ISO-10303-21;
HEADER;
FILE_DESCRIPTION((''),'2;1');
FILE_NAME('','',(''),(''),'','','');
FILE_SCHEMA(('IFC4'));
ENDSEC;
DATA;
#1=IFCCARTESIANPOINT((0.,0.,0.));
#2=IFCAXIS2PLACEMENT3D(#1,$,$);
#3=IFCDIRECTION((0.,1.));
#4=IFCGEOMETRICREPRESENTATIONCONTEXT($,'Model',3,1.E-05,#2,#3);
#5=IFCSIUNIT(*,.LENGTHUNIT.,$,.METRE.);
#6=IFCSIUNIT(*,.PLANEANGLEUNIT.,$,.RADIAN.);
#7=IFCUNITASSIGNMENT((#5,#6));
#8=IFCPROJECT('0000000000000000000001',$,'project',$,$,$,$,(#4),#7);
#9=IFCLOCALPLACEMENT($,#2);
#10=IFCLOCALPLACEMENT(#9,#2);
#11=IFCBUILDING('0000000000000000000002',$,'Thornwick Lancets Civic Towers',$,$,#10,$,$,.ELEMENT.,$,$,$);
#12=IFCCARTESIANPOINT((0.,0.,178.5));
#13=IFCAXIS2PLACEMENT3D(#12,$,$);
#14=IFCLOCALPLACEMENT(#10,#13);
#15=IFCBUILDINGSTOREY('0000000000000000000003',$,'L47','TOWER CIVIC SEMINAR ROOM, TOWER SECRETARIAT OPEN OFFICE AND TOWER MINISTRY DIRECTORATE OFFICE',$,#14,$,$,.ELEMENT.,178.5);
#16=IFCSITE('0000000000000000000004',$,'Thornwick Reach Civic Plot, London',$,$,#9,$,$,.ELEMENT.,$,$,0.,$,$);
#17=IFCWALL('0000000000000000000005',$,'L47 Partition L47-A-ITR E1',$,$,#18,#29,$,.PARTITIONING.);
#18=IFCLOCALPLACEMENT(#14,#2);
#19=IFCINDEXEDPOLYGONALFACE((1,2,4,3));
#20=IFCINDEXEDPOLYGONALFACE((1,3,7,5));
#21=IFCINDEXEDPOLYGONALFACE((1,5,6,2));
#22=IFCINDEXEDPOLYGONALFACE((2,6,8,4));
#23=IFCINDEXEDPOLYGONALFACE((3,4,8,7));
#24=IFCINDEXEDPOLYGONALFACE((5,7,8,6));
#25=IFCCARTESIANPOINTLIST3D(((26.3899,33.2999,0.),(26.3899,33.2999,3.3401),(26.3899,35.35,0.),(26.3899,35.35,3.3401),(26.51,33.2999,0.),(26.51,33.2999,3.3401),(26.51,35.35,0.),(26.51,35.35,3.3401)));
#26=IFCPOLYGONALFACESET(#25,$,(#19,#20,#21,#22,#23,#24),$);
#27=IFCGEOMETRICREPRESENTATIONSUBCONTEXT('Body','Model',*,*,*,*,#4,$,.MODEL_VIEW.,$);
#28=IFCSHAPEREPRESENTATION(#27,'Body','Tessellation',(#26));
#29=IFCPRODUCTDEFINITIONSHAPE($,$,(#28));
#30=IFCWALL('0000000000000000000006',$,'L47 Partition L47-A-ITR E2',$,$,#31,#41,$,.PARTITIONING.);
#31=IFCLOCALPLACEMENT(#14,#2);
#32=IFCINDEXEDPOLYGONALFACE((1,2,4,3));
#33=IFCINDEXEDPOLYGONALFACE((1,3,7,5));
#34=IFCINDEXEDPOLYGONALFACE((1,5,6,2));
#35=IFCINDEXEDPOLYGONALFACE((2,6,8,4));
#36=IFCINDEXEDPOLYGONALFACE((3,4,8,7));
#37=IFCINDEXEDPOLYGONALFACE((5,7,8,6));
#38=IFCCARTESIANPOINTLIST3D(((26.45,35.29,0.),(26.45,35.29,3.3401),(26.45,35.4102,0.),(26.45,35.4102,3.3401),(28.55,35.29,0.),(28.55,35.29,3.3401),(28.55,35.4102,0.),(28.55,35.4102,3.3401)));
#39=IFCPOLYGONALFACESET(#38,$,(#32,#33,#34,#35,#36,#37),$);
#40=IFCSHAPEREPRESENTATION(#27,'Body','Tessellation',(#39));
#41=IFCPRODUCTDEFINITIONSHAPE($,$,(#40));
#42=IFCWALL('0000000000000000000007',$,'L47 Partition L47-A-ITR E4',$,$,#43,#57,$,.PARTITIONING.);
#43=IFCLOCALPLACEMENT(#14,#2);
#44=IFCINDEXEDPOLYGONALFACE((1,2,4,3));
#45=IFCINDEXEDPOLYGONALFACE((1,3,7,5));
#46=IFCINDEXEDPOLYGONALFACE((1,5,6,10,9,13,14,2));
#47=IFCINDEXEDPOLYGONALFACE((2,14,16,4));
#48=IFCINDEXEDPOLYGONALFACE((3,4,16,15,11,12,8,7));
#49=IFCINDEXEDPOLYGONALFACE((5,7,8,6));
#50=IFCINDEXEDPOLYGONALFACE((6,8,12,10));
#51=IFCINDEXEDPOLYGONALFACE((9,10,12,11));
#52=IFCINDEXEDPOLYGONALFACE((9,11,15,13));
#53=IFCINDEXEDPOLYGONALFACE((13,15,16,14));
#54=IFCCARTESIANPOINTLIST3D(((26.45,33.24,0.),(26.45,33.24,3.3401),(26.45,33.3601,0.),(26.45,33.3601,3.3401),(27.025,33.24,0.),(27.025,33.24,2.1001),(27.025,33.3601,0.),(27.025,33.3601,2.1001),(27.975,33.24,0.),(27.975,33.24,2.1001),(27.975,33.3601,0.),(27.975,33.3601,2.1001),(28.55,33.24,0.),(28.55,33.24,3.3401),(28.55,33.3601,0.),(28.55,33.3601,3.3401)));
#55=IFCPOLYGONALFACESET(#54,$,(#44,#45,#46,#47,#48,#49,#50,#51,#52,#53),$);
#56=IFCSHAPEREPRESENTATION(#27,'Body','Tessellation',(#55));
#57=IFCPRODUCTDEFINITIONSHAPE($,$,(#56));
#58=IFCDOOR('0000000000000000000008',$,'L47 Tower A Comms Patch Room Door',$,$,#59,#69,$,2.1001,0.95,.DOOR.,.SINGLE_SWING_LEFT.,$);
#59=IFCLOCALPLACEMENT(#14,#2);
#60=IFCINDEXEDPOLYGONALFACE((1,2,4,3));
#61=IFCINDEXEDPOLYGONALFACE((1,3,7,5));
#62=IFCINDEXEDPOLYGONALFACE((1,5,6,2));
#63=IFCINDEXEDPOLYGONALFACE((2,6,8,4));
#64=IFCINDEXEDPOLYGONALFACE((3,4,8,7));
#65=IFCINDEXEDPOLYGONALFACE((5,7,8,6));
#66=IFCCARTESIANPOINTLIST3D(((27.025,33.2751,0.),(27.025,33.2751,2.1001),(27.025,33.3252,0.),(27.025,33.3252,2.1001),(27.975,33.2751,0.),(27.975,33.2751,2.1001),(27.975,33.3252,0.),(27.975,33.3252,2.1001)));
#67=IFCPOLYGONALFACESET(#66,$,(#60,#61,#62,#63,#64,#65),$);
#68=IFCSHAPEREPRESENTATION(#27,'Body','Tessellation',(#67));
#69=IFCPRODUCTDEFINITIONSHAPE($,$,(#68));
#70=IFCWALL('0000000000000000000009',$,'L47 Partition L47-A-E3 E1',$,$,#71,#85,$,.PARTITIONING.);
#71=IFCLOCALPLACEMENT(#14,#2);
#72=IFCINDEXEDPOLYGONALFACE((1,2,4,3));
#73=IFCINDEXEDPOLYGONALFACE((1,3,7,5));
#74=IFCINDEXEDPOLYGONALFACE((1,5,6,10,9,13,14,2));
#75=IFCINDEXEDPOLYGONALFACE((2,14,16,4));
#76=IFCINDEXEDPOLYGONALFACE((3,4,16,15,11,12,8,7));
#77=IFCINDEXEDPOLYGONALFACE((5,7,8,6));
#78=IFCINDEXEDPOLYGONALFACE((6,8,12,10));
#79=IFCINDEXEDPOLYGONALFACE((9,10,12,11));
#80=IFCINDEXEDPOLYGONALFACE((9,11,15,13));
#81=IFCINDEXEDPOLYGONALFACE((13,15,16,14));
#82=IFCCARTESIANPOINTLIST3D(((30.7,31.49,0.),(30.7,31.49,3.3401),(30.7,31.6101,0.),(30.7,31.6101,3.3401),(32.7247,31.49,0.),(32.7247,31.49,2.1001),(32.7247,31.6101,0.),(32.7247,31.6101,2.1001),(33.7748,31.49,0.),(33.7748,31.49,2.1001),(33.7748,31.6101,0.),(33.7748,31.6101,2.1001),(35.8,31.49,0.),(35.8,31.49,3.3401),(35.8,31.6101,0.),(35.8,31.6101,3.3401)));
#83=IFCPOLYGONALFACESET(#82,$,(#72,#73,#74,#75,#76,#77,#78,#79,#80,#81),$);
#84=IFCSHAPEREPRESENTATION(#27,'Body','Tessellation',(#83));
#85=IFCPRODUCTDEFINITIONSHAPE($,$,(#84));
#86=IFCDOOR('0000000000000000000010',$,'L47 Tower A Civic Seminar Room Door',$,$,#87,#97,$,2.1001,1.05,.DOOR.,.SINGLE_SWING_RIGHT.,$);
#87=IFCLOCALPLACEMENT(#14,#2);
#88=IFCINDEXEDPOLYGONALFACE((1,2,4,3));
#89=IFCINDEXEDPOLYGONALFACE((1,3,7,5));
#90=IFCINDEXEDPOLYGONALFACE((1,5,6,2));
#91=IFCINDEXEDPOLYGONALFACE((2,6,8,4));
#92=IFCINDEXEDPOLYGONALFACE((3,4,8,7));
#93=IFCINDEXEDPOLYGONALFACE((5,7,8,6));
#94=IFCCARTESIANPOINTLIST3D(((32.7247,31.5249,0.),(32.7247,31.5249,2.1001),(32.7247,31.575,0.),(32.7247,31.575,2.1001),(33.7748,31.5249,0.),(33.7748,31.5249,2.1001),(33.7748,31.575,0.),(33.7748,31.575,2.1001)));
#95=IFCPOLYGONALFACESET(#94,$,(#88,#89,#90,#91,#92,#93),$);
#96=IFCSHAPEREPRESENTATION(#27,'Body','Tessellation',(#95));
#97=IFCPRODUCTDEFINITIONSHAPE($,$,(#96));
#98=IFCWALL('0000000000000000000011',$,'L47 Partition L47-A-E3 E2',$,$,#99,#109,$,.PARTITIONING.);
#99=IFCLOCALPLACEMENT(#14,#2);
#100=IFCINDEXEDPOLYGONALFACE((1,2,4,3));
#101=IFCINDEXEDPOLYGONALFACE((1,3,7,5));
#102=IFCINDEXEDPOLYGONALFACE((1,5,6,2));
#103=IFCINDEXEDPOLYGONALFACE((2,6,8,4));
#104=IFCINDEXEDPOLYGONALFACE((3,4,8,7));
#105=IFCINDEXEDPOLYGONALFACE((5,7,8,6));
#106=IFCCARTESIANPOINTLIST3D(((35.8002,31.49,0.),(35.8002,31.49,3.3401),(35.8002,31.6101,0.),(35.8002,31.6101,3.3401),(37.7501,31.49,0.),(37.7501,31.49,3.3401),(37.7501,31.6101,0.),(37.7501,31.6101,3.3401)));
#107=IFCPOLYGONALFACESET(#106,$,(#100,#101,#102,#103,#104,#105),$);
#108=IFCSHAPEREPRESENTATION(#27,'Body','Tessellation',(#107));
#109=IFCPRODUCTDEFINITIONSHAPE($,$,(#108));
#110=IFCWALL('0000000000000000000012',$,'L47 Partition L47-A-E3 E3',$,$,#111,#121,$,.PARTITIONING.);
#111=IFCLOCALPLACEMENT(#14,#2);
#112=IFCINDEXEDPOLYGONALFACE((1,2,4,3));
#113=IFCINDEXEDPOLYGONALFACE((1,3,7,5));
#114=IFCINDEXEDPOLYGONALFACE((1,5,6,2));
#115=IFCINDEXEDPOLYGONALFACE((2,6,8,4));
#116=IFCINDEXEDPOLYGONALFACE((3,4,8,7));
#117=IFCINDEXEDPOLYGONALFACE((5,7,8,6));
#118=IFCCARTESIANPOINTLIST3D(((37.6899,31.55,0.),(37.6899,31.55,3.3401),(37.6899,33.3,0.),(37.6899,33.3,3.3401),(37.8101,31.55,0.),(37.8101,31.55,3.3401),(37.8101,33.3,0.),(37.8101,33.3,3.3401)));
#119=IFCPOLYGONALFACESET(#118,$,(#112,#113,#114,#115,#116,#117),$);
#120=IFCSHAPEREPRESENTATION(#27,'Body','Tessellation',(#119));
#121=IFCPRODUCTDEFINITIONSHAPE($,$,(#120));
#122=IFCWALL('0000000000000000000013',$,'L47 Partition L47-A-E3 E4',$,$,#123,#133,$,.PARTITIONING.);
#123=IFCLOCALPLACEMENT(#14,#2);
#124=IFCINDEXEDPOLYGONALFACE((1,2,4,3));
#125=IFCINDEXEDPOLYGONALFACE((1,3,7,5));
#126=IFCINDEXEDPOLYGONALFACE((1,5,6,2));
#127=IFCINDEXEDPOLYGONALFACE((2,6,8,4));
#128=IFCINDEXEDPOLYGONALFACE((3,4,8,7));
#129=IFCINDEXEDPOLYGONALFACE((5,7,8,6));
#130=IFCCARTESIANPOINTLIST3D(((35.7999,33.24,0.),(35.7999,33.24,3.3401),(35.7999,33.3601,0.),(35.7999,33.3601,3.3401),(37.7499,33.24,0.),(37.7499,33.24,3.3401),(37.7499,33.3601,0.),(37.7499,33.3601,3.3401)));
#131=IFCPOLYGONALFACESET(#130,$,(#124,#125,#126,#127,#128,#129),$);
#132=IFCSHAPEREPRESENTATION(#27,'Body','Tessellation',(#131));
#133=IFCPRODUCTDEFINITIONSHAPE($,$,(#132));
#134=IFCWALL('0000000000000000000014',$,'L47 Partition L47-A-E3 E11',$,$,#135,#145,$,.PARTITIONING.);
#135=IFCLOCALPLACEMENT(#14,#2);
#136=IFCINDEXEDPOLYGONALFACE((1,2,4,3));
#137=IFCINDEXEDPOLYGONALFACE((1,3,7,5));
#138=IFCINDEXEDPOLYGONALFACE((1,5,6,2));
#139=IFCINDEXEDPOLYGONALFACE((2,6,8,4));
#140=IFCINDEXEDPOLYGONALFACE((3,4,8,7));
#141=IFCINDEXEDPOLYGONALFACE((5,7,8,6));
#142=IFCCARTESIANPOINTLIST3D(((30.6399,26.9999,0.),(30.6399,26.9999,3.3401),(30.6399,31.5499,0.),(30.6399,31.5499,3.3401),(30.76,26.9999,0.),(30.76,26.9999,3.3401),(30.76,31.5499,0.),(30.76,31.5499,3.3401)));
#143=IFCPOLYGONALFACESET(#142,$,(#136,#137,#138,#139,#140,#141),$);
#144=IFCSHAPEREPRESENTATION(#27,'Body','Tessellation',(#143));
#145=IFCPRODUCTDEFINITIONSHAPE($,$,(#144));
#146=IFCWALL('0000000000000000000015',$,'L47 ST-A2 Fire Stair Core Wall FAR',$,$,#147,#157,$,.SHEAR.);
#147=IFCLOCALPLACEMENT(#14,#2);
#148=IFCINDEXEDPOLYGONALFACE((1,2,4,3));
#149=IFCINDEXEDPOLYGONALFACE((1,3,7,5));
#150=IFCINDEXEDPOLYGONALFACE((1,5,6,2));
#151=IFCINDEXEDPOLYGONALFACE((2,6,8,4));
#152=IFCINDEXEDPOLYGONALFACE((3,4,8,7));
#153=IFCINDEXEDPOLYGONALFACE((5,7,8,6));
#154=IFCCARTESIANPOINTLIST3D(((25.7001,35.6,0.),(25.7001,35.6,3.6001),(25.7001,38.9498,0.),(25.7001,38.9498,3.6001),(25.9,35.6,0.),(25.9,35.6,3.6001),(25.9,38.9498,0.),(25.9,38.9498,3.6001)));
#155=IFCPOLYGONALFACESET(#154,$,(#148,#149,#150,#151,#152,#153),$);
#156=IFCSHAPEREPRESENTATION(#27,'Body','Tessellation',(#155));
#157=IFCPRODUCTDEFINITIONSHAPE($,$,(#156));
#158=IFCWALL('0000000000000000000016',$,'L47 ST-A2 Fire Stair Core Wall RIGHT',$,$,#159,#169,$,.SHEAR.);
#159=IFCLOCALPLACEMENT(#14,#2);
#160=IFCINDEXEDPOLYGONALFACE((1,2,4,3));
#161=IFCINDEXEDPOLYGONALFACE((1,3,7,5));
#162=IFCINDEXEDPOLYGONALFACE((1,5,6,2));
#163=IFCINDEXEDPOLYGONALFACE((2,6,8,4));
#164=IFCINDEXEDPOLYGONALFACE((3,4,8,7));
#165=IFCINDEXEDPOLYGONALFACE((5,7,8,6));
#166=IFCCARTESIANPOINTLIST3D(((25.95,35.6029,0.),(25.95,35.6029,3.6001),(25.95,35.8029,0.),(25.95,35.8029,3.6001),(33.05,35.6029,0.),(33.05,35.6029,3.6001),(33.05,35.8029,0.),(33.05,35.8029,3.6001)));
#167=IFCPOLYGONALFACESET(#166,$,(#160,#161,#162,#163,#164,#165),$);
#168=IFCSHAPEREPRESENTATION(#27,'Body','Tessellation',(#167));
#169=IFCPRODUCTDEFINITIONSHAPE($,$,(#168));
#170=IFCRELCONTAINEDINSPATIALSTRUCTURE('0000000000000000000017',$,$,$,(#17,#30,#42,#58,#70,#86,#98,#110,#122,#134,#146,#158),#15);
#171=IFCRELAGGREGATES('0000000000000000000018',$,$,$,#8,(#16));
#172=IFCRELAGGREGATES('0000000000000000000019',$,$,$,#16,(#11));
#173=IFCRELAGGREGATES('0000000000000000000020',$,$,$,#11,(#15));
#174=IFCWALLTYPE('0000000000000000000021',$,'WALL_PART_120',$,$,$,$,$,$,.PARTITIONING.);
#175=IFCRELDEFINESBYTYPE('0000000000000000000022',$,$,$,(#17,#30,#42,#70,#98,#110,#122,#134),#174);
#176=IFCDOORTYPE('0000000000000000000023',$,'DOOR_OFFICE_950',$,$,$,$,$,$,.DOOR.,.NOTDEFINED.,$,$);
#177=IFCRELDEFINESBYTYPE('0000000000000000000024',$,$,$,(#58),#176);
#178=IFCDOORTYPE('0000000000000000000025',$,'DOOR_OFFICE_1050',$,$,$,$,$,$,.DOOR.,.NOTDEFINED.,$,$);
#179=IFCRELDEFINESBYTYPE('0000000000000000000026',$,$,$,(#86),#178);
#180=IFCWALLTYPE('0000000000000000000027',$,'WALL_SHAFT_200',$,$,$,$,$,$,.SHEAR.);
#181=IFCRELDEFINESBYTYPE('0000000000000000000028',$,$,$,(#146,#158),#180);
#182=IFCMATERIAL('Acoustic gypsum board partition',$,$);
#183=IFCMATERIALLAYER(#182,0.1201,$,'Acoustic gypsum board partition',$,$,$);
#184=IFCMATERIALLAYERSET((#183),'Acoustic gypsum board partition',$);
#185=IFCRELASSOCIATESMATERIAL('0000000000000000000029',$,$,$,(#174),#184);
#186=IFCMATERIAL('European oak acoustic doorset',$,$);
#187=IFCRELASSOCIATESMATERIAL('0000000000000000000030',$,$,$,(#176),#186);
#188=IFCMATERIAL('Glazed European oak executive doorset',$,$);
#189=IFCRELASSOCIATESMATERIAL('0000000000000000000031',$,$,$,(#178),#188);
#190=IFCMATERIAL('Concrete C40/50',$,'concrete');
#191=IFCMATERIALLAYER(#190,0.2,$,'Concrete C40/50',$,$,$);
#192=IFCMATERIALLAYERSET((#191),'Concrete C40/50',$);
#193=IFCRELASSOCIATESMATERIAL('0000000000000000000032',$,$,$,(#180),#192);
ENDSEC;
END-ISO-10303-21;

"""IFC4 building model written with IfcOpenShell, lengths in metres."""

from ifc_helpers import new_model, si_unit, direction, frame, frame_2d, origin, place, context, subcontext, project, spatial, rectangle, extrude, material, layer, layer_set, type_object, element, fill, save


model = new_model("IFC4")

# Units and contexts
model_context = context("Model", 3, precision=1e-05, world=origin(), true_north=direction((0.0, 1.0)))
body_context = subcontext(model_context, "Body", "Model", "MODEL_VIEW")
ifc_project = project(units=[si_unit("LENGTHUNIT", "METRE"), si_unit("PLANEANGLEUNIT", "RADIAN")], contexts=[model_context])

# Site, building, storey
site_placement = place(None, origin())
site = spatial("IfcSite", under=ifc_project, at=site_placement, Name="Thornwick Reach Civic Plot, London", CompositionType="ELEMENT", RefElevation=0.0)
building_placement = place(site_placement, origin())
building = spatial("IfcBuilding", under=site, at=building_placement, Name="Thornwick Lancets Civic Towers", CompositionType="ELEMENT")
storey_placement = place(building_placement, frame((0.0, 0.0, 178.5)))
storey = spatial("IfcBuildingStorey", under=building, at=storey_placement, Name="L47", Description="TOWER CIVIC SEMINAR ROOM, TOWER SECRETARIAT OPEN OFFICE AND TOWER MINISTRY DIRECTORATE OFFICE", CompositionType="ELEMENT", Elevation=178.5)

# Walls
ifc_material_1 = material(Name="Acoustic gypsum board partition")
ifc_layer_1 = layer(ifc_material_1, 0.1201, Name="Acoustic gypsum board partition")
ifc_layer_set_1 = layer_set([ifc_layer_1], Name="Acoustic gypsum board partition")
wall_type_1 = type_object("IfcWallType", Name="WALL_PART_120", PredefinedType="PARTITIONING", material=ifc_layer_set_1)
wall_1_placement = place(storey_placement, frame((26.45, 33.3, 0.0), z_axis=(0.0, 0.0, 1.0), x_axis=(0.0, 1.0, 0.0)))
element("IfcWall", 1, at=wall_1_placement, inside=storey, type_object=wall_type_1, Name="L47 Partition L47-A-ITR E1", PredefinedType="PARTITIONING", context=body_context, shape_type="SweptSolid", body=[
    extrude(rectangle(XDim=2.05, YDim=0.1201, at=frame_2d((1.0249, 0.0))), origin(), (0.0, 0.0, 1.0), 3.3401),
])
wall_2_placement = place(storey_placement, frame((26.45, 35.3501, 0.0), z_axis=(0.0, 0.0, 1.0), x_axis=(1.0, 0.0, 0.0)))
element("IfcWall", 2, at=wall_2_placement, inside=storey, type_object=wall_type_1, Name="L47 Partition L47-A-ITR E2", PredefinedType="PARTITIONING", context=body_context, shape_type="SweptSolid", body=[
    extrude(rectangle(XDim=2.1001, YDim=0.1201, at=frame_2d((1.05, 0.0))), origin(), (0.0, 0.0, 1.0), 3.3401),
])

# Walls, openings, doors
wall_3_placement = place(storey_placement, frame((28.55, 33.3, 0.0), z_axis=(0.0, 0.0, 1.0), x_axis=(-1.0, 0.0, 0.0)))
wall_3 = element("IfcWall", 3, at=wall_3_placement, inside=storey, type_object=wall_type_1, Name="L47 Partition L47-A-ITR E4", PredefinedType="PARTITIONING", context=body_context, shape_type="SweptSolid", body=[
    extrude(rectangle(XDim=2.1001, YDim=0.1201, at=frame_2d((1.05, 0.0))), origin(), (0.0, 0.0, 1.0), 3.3401),
])
opening_1_placement = place(wall_3_placement, frame((0.575, 0.0, 0.0)))
opening_1 = element("IfcOpeningElement", 4, at=opening_1_placement, cuts=wall_3, PredefinedType="OPENING", context=body_context, shape_type="SweptSolid", body=[
    extrude(rectangle(XDim=0.95, YDim=2.1001, at=frame_2d((0.4751, 1.05))), frame((0.0, 0.0701, 0.0), z_axis=(0.0, -1.0, 0.0), x_axis=(1.0, 0.0, 0.0)), (0.0, 0.0, 1.0), 0.1401),
])
ifc_material_2 = material(Name="European oak acoustic doorset")
door_type_1 = type_object("IfcDoorType", Name="DOOR_OFFICE_950", OperationType="NOTDEFINED", PredefinedType="DOOR", material=ifc_material_2)
door_1_placement = place(opening_1_placement, origin())
door_1 = element("IfcDoor", 5, at=door_1_placement, inside=storey, type_object=door_type_1, Name="L47 Tower A Comms Patch Room Door", OperationType="SINGLE_SWING_LEFT", OverallHeight=2.1001, OverallWidth=0.95, PredefinedType="DOOR", context=body_context, shape_type="SweptSolid", body=[
    extrude(rectangle(XDim=0.95, YDim=2.1001, at=frame_2d((0.4751, 1.05))), frame((0.0, 0.0249, 0.0), z_axis=(0.0, -1.0, 0.0), x_axis=(1.0, 0.0, 0.0)), (0.0, 0.0, 1.0), 0.05),
])
fill(opening_1, door_1)
wall_4_placement = place(storey_placement, frame((30.7, 31.55, 0.0), z_axis=(0.0, 0.0, 1.0), x_axis=(1.0, 0.0, 0.0)))
wall_4 = element("IfcWall", 6, at=wall_4_placement, inside=storey, type_object=wall_type_1, Name="L47 Partition L47-A-E3 E1", PredefinedType="PARTITIONING", context=body_context, shape_type="SweptSolid", body=[
    extrude(rectangle(XDim=5.1001, YDim=0.1201, at=frame_2d((2.55, 0.0))), origin(), (0.0, 0.0, 1.0), 3.3401),
])
opening_2_placement = place(wall_4_placement, frame((2.0249, 0.0, 0.0)))
opening_2 = element("IfcOpeningElement", 7, at=opening_2_placement, cuts=wall_4, PredefinedType="OPENING", context=body_context, shape_type="SweptSolid", body=[
    extrude(rectangle(XDim=1.05, YDim=2.1001, at=frame_2d((0.5249, 1.05))), frame((0.0, 0.0701, 0.0), z_axis=(0.0, -1.0, 0.0), x_axis=(1.0, 0.0, 0.0)), (0.0, 0.0, 1.0), 0.1401),
])
ifc_material_3 = material(Name="Glazed European oak executive doorset")
door_type_2 = type_object("IfcDoorType", Name="DOOR_OFFICE_1050", OperationType="NOTDEFINED", PredefinedType="DOOR", material=ifc_material_3)
door_2_placement = place(opening_2_placement, origin())
door_2 = element("IfcDoor", 8, at=door_2_placement, inside=storey, type_object=door_type_2, Name="L47 Tower A Civic Seminar Room Door", OperationType="SINGLE_SWING_RIGHT", OverallHeight=2.1001, OverallWidth=1.05, PredefinedType="DOOR", context=body_context, shape_type="SweptSolid", body=[
    extrude(rectangle(XDim=1.05, YDim=2.1001, at=frame_2d((0.5249, 1.05))), frame((0.0, 0.0249, 0.0), z_axis=(0.0, -1.0, 0.0), x_axis=(1.0, 0.0, 0.0)), (0.0, 0.0, 1.0), 0.05),
])
fill(opening_2, door_2)

# Walls
wall_5_placement = place(storey_placement, frame((35.8, 31.55, 0.0), z_axis=(0.0, 0.0, 1.0), x_axis=(1.0, 0.0, 0.0)))
element("IfcWall", 9, at=wall_5_placement, inside=storey, type_object=wall_type_1, Name="L47 Partition L47-A-E3 E2", PredefinedType="PARTITIONING", context=body_context, shape_type="SweptSolid", body=[
    extrude(rectangle(XDim=1.95, YDim=0.1201, at=frame_2d((0.9751, 0.0))), origin(), (0.0, 0.0, 1.0), 3.3401),
])
wall_6_placement = place(storey_placement, frame((37.75, 31.55, 0.0), z_axis=(0.0, 0.0, 1.0), x_axis=(0.0, 1.0, 0.0)))
element("IfcWall", 10, at=wall_6_placement, inside=storey, type_object=wall_type_1, Name="L47 Partition L47-A-E3 E3", PredefinedType="PARTITIONING", context=body_context, shape_type="SweptSolid", body=[
    extrude(rectangle(XDim=1.75, YDim=0.1201, at=frame_2d((0.875, 0.0))), origin(), (0.0, 0.0, 1.0), 3.3401),
])
wall_7_placement = place(storey_placement, frame((37.75, 33.3, 0.0), z_axis=(0.0, 0.0, 1.0), x_axis=(-1.0, 0.0, 0.0)))
element("IfcWall", 11, at=wall_7_placement, inside=storey, type_object=wall_type_1, Name="L47 Partition L47-A-E3 E4", PredefinedType="PARTITIONING", context=body_context, shape_type="SweptSolid", body=[
    extrude(rectangle(XDim=1.95, YDim=0.1201, at=frame_2d((0.9751, 0.0))), origin(), (0.0, 0.0, 1.0), 3.3401),
])
wall_8_placement = place(storey_placement, frame((30.7, 27.0, 0.0), z_axis=(0.0, 0.0, 1.0), x_axis=(0.0, 1.0, 0.0)))
element("IfcWall", 12, at=wall_8_placement, inside=storey, type_object=wall_type_1, Name="L47 Partition L47-A-E3 E11", PredefinedType="PARTITIONING", context=body_context, shape_type="SweptSolid", body=[
    extrude(rectangle(XDim=4.55, YDim=0.1201, at=frame_2d((2.2749, 0.0))), origin(), (0.0, 0.0, 1.0), 3.3401),
])
ifc_material_4 = material(Name="Concrete C40/50", Category="concrete")
ifc_layer_2 = layer(ifc_material_4, 0.2, Name="Concrete C40/50")
ifc_layer_set_2 = layer_set([ifc_layer_2], Name="Concrete C40/50")
wall_type_2 = type_object("IfcWallType", Name="WALL_SHAFT_200", PredefinedType="SHEAR", material=ifc_layer_set_2)
wall_9_placement = place(storey_placement, frame((25.8, 35.6001, 0.0), z_axis=(0.0, 0.0, 1.0), x_axis=(0.0, 1.0, 0.0)))
element("IfcWall", 13, at=wall_9_placement, inside=storey, type_object=wall_type_2, Name="L47 ST-A2 Fire Stair Core Wall FAR", PredefinedType="SHEAR", context=body_context, shape_type="SweptSolid", body=[
    extrude(rectangle(XDim=3.3499, YDim=0.2, at=frame_2d((1.6748, 0.0))), origin(), (0.0, 0.0, 1.0), 3.6001),
])
wall_10_placement = place(storey_placement, frame((25.95, 35.7029, 0.0), z_axis=(0.0, 0.0, 1.0), x_axis=(1.0, 0.0, 0.0)))
element("IfcWall", 14, at=wall_10_placement, inside=storey, type_object=wall_type_2, Name="L47 ST-A2 Fire Stair Core Wall RIGHT", PredefinedType="SHEAR", context=body_context, shape_type="SweptSolid", body=[
    extrude(rectangle(XDim=7.1001, YDim=0.2, at=frame_2d((3.55, 0.0))), origin(), (0.0, 0.0, 1.0), 3.6001),
])

save(model, "model.ifc")
